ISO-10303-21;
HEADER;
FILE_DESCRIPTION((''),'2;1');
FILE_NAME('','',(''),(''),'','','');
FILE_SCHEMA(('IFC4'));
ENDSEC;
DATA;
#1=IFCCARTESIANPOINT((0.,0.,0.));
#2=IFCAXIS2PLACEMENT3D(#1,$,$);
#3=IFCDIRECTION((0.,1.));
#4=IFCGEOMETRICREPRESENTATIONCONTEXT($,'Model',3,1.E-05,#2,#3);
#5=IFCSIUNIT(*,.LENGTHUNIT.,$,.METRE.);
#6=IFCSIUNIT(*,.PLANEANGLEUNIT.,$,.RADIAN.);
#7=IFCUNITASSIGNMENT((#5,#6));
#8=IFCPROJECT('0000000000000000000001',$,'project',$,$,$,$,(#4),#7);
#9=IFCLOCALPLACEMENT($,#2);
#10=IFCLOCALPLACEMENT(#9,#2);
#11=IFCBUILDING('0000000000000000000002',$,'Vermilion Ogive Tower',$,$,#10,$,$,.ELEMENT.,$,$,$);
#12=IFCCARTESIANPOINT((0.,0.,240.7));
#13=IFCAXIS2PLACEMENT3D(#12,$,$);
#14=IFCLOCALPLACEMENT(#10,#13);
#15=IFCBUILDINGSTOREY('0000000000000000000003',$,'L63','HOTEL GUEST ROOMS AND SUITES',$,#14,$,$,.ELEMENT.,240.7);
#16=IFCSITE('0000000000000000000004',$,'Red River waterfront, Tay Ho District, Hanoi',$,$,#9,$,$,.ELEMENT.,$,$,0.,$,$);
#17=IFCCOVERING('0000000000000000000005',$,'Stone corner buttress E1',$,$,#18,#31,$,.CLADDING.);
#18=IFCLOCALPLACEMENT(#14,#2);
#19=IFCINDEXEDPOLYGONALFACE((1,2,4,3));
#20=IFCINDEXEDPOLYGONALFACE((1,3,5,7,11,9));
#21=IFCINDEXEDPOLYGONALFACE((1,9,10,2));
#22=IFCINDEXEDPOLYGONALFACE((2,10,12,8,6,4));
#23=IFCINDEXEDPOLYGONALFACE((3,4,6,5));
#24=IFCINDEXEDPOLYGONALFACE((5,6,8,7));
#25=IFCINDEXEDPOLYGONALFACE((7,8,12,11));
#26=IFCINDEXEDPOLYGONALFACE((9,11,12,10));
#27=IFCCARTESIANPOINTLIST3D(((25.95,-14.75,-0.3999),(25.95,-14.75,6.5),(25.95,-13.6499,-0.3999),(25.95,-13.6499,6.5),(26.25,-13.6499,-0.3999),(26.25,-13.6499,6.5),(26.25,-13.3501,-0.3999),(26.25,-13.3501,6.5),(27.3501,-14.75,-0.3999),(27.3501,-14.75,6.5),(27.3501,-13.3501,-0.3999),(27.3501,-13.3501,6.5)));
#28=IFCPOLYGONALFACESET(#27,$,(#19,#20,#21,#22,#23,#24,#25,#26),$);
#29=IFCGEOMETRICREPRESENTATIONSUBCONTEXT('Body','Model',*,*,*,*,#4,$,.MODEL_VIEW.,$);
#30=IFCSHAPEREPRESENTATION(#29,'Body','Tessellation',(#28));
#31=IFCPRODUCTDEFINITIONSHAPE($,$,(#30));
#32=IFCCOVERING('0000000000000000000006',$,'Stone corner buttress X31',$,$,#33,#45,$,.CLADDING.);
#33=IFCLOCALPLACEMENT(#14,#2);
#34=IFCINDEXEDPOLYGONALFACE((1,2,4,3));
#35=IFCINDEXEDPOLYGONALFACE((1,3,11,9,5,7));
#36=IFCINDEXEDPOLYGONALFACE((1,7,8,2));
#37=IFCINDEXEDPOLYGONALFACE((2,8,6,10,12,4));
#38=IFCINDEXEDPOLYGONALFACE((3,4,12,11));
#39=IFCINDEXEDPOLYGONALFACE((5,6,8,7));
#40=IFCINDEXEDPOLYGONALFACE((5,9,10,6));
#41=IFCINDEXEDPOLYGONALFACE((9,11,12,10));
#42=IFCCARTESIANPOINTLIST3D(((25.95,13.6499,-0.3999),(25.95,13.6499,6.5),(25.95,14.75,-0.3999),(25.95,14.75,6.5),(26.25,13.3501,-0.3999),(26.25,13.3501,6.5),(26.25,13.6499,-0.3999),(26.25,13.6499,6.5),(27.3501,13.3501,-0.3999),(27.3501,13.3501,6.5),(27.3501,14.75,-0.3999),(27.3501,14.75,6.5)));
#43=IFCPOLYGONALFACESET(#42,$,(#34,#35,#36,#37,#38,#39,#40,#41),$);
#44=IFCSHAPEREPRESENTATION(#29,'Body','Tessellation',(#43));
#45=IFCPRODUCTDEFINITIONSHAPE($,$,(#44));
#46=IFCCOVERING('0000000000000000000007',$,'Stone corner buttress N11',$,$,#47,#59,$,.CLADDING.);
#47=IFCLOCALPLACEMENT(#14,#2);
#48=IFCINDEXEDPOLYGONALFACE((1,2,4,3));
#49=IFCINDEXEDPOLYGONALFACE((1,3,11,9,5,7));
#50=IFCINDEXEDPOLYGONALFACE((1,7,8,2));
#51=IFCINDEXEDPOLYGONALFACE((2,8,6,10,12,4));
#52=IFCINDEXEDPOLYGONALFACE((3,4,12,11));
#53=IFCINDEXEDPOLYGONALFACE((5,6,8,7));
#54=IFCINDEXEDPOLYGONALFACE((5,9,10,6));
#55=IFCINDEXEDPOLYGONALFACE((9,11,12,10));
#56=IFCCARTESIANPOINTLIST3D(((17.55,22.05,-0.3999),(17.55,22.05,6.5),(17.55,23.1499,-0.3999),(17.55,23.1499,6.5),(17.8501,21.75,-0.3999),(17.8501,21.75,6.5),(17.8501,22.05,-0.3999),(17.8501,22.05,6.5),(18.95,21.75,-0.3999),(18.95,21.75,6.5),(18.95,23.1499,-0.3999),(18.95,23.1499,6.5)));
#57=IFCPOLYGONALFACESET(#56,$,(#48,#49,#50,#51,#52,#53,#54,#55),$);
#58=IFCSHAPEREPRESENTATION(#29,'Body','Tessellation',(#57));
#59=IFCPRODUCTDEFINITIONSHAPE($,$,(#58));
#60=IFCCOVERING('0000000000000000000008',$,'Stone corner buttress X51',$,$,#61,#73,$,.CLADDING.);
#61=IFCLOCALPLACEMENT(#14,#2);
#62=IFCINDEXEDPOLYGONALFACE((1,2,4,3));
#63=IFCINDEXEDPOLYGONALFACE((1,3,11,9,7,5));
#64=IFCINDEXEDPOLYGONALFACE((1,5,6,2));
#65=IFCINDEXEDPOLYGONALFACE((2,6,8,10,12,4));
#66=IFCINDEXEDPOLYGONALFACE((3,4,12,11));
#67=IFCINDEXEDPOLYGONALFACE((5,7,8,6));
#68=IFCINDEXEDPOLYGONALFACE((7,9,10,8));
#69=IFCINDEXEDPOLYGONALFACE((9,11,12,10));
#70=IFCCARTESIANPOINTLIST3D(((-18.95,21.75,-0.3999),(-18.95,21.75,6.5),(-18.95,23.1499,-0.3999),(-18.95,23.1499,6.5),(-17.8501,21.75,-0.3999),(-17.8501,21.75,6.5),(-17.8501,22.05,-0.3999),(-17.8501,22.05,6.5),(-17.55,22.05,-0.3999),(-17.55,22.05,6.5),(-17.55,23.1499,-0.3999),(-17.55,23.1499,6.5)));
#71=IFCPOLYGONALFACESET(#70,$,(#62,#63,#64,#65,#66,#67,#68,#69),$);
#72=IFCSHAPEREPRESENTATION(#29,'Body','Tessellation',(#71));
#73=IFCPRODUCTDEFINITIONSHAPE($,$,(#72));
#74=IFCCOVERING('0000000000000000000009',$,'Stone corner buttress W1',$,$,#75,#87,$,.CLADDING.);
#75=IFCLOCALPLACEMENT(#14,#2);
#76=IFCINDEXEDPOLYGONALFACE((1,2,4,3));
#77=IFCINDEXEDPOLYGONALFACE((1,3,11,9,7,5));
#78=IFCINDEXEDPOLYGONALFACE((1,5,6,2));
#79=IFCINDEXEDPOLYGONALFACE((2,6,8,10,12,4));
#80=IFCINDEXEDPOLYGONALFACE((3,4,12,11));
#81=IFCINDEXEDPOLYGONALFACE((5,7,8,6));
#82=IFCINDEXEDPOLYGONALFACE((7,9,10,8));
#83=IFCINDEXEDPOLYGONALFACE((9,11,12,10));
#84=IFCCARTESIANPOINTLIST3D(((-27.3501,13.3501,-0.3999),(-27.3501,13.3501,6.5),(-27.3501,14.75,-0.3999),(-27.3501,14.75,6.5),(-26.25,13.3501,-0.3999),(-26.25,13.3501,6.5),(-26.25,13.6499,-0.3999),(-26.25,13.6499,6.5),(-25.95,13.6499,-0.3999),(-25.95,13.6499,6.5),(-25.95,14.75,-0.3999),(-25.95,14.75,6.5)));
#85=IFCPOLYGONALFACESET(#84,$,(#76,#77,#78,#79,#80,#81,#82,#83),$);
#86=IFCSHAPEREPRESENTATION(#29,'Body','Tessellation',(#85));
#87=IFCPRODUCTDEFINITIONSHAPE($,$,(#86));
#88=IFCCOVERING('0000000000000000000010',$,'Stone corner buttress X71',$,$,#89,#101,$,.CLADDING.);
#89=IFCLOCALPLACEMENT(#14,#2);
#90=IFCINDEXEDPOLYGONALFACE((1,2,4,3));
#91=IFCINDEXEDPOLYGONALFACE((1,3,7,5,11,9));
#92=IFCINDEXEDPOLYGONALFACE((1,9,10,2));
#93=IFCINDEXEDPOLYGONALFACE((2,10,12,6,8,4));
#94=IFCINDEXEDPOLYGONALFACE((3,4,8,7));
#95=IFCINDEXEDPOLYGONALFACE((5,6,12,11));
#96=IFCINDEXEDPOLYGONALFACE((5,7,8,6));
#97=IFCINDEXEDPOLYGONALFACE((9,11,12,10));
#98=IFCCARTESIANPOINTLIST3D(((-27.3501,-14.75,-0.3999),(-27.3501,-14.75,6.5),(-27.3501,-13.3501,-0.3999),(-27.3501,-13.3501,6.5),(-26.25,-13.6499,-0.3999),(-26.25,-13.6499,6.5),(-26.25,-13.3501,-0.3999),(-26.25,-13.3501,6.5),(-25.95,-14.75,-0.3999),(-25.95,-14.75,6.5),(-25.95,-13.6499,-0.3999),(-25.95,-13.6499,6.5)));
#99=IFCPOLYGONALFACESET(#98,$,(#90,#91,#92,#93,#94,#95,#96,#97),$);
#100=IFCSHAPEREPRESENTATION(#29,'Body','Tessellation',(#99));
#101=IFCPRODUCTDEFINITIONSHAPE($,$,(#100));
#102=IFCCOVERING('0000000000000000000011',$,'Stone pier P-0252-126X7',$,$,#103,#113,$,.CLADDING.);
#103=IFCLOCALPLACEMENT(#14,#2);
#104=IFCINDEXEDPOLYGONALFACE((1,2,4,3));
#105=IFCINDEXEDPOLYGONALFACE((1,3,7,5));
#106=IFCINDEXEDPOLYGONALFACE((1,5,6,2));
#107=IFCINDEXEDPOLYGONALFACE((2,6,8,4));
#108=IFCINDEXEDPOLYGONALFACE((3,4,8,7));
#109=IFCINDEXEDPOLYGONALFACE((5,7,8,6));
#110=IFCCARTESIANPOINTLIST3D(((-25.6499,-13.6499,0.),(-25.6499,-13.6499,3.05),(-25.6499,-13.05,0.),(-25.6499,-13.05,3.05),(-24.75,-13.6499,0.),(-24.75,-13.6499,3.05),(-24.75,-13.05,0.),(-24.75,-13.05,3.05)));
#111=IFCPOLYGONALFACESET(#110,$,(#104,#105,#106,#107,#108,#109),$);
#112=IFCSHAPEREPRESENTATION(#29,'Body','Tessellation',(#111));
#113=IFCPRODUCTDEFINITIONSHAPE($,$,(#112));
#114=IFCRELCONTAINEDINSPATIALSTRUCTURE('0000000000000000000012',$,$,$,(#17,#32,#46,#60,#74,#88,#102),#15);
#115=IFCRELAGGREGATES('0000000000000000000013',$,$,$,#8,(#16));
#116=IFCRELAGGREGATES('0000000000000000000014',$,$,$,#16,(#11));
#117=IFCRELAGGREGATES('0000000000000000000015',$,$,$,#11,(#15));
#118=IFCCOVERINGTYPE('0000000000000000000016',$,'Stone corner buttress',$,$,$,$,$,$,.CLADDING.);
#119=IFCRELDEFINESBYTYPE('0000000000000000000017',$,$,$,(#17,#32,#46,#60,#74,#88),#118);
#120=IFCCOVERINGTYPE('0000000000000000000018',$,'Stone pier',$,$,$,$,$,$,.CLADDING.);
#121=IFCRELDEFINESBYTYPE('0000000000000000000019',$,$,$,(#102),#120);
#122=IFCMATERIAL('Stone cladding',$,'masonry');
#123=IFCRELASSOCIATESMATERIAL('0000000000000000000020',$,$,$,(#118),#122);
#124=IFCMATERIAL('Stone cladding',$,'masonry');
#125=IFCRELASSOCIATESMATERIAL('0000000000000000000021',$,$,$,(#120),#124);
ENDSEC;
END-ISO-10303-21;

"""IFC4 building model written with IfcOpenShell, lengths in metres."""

from ifc_helpers import new_model, si_unit, direction, frame, origin, place, context, subcontext, project, spatial, polyline, outline, extrude, material, type_object, element, save


model = new_model("IFC4")

# Units and contexts
model_context = context("Model", 3, precision=1e-05, world=origin(), true_north=direction((0.0, 1.0)))
body_context = subcontext(model_context, "Body", "Model", "MODEL_VIEW")
ifc_project = project(units=[si_unit("LENGTHUNIT", "METRE"), si_unit("PLANEANGLEUNIT", "RADIAN")], contexts=[model_context])

# Site, building, storey
site_placement = place(None, origin())
site = spatial("IfcSite", under=ifc_project, at=site_placement, Name="Red River waterfront, Tay Ho District, Hanoi", CompositionType="ELEMENT", RefElevation=0.0)
building_placement = place(site_placement, origin())
building = spatial("IfcBuilding", under=site, at=building_placement, Name="Vermilion Ogive Tower", CompositionType="ELEMENT")
storey_placement = place(building_placement, frame((0.0, 0.0, 240.7)))
storey = spatial("IfcBuildingStorey", under=building, at=storey_placement, Name="L63", Description="HOTEL GUEST ROOMS AND SUITES", CompositionType="ELEMENT", Elevation=240.7)

# Coverings
ifc_material_1 = material(Name="Stone cladding", Category="masonry")
covering_type_1 = type_object("IfcCoveringType", Name="Stone corner buttress", PredefinedType="CLADDING", material=ifc_material_1)
covering_1_placement = place(storey_placement, frame((0.0, 0.0, -0.3999)))
element("IfcCovering", 1, at=covering_1_placement, inside=storey, type_object=covering_type_1, Name="Stone corner buttress E1", PredefinedType="CLADDING", context=body_context, shape_type="SweptSolid", body=[
    extrude(outline(polyline([(26.25, -13.6499), (26.25, -13.3501), (27.3501, -13.3501), (27.3501, -14.75), (25.95, -14.75), (25.95, -13.6499), (26.25, -13.6499)])), origin(), (0.0, 0.0, 1.0), 6.8999),
])
covering_2_placement = place(storey_placement, frame((0.0, 0.0, -0.3999)))
element("IfcCovering", 2, at=covering_2_placement, inside=storey, type_object=covering_type_1, Name="Stone corner buttress X31", PredefinedType="CLADDING", context=body_context, shape_type="SweptSolid", body=[
    extrude(outline(polyline([(26.25, 13.3501), (26.25, 13.6499), (25.95, 13.6499), (25.95, 14.75), (27.3501, 14.75), (27.3501, 13.3501), (26.25, 13.3501)])), origin(), (0.0, 0.0, 1.0), 6.8999),
])
covering_3_placement = place(storey_placement, frame((0.0, 0.0, -0.3999)))
element("IfcCovering", 3, at=covering_3_placement, inside=storey, type_object=covering_type_1, Name="Stone corner buttress N11", PredefinedType="CLADDING", context=body_context, shape_type="SweptSolid", body=[
    extrude(outline(polyline([(17.8501, 22.05), (17.55, 22.05), (17.55, 23.1499), (18.95, 23.1499), (18.95, 21.75), (17.8501, 21.75), (17.8501, 22.05)])), origin(), (0.0, 0.0, 1.0), 6.8999),
])
covering_4_placement = place(storey_placement, frame((0.0, 0.0, -0.3999)))
element("IfcCovering", 4, at=covering_4_placement, inside=storey, type_object=covering_type_1, Name="Stone corner buttress X51", PredefinedType="CLADDING", context=body_context, shape_type="SweptSolid", body=[
    extrude(outline(polyline([(-17.55, 23.1499), (-17.55, 22.05), (-17.8501, 22.05), (-17.8501, 21.75), (-18.95, 21.75), (-18.95, 23.1499), (-17.55, 23.1499)])), origin(), (0.0, 0.0, 1.0), 6.8999),
])
covering_5_placement = place(storey_placement, frame((0.0, 0.0, -0.3999)))
element("IfcCovering", 5, at=covering_5_placement, inside=storey, type_object=covering_type_1, Name="Stone corner buttress W1", PredefinedType="CLADDING", context=body_context, shape_type="SweptSolid", body=[
    extrude(outline(polyline([(-25.95, 13.6499), (-26.25, 13.6499), (-26.25, 13.3501), (-27.3501, 13.3501), (-27.3501, 14.75), (-25.95, 14.75), (-25.95, 13.6499)])), origin(), (0.0, 0.0, 1.0), 6.8999),
])
covering_6_placement = place(storey_placement, frame((0.0, 0.0, -0.3999)))
element("IfcCovering", 6, at=covering_6_placement, inside=storey, type_object=covering_type_1, Name="Stone corner buttress X71", PredefinedType="CLADDING", context=body_context, shape_type="SweptSolid", body=[
    extrude(outline(polyline([(-27.3501, -13.3501), (-26.25, -13.3501), (-26.25, -13.6499), (-25.95, -13.6499), (-25.95, -14.75), (-27.3501, -14.75), (-27.3501, -13.3501)])), origin(), (0.0, 0.0, 1.0), 6.8999),
])
ifc_material_2 = material(Name="Stone cladding", Category="masonry")
covering_type_2 = type_object("IfcCoveringType", Name="Stone pier", PredefinedType="CLADDING", material=ifc_material_2)
covering_7_placement = place(storey_placement, origin())
element("IfcCovering", 7, at=covering_7_placement, inside=storey, type_object=covering_type_2, Name="Stone pier P-0252-126X7", PredefinedType="CLADDING", context=body_context, shape_type="SweptSolid", body=[
    extrude(outline(polyline([(-25.6499, -13.6499), (-25.6499, -13.05), (-24.75, -13.05), (-24.75, -13.6499), (-25.6499, -13.6499)])), origin(), (0.0, 0.0, 1.0), 3.05),
])

save(model, "model.ifc")
